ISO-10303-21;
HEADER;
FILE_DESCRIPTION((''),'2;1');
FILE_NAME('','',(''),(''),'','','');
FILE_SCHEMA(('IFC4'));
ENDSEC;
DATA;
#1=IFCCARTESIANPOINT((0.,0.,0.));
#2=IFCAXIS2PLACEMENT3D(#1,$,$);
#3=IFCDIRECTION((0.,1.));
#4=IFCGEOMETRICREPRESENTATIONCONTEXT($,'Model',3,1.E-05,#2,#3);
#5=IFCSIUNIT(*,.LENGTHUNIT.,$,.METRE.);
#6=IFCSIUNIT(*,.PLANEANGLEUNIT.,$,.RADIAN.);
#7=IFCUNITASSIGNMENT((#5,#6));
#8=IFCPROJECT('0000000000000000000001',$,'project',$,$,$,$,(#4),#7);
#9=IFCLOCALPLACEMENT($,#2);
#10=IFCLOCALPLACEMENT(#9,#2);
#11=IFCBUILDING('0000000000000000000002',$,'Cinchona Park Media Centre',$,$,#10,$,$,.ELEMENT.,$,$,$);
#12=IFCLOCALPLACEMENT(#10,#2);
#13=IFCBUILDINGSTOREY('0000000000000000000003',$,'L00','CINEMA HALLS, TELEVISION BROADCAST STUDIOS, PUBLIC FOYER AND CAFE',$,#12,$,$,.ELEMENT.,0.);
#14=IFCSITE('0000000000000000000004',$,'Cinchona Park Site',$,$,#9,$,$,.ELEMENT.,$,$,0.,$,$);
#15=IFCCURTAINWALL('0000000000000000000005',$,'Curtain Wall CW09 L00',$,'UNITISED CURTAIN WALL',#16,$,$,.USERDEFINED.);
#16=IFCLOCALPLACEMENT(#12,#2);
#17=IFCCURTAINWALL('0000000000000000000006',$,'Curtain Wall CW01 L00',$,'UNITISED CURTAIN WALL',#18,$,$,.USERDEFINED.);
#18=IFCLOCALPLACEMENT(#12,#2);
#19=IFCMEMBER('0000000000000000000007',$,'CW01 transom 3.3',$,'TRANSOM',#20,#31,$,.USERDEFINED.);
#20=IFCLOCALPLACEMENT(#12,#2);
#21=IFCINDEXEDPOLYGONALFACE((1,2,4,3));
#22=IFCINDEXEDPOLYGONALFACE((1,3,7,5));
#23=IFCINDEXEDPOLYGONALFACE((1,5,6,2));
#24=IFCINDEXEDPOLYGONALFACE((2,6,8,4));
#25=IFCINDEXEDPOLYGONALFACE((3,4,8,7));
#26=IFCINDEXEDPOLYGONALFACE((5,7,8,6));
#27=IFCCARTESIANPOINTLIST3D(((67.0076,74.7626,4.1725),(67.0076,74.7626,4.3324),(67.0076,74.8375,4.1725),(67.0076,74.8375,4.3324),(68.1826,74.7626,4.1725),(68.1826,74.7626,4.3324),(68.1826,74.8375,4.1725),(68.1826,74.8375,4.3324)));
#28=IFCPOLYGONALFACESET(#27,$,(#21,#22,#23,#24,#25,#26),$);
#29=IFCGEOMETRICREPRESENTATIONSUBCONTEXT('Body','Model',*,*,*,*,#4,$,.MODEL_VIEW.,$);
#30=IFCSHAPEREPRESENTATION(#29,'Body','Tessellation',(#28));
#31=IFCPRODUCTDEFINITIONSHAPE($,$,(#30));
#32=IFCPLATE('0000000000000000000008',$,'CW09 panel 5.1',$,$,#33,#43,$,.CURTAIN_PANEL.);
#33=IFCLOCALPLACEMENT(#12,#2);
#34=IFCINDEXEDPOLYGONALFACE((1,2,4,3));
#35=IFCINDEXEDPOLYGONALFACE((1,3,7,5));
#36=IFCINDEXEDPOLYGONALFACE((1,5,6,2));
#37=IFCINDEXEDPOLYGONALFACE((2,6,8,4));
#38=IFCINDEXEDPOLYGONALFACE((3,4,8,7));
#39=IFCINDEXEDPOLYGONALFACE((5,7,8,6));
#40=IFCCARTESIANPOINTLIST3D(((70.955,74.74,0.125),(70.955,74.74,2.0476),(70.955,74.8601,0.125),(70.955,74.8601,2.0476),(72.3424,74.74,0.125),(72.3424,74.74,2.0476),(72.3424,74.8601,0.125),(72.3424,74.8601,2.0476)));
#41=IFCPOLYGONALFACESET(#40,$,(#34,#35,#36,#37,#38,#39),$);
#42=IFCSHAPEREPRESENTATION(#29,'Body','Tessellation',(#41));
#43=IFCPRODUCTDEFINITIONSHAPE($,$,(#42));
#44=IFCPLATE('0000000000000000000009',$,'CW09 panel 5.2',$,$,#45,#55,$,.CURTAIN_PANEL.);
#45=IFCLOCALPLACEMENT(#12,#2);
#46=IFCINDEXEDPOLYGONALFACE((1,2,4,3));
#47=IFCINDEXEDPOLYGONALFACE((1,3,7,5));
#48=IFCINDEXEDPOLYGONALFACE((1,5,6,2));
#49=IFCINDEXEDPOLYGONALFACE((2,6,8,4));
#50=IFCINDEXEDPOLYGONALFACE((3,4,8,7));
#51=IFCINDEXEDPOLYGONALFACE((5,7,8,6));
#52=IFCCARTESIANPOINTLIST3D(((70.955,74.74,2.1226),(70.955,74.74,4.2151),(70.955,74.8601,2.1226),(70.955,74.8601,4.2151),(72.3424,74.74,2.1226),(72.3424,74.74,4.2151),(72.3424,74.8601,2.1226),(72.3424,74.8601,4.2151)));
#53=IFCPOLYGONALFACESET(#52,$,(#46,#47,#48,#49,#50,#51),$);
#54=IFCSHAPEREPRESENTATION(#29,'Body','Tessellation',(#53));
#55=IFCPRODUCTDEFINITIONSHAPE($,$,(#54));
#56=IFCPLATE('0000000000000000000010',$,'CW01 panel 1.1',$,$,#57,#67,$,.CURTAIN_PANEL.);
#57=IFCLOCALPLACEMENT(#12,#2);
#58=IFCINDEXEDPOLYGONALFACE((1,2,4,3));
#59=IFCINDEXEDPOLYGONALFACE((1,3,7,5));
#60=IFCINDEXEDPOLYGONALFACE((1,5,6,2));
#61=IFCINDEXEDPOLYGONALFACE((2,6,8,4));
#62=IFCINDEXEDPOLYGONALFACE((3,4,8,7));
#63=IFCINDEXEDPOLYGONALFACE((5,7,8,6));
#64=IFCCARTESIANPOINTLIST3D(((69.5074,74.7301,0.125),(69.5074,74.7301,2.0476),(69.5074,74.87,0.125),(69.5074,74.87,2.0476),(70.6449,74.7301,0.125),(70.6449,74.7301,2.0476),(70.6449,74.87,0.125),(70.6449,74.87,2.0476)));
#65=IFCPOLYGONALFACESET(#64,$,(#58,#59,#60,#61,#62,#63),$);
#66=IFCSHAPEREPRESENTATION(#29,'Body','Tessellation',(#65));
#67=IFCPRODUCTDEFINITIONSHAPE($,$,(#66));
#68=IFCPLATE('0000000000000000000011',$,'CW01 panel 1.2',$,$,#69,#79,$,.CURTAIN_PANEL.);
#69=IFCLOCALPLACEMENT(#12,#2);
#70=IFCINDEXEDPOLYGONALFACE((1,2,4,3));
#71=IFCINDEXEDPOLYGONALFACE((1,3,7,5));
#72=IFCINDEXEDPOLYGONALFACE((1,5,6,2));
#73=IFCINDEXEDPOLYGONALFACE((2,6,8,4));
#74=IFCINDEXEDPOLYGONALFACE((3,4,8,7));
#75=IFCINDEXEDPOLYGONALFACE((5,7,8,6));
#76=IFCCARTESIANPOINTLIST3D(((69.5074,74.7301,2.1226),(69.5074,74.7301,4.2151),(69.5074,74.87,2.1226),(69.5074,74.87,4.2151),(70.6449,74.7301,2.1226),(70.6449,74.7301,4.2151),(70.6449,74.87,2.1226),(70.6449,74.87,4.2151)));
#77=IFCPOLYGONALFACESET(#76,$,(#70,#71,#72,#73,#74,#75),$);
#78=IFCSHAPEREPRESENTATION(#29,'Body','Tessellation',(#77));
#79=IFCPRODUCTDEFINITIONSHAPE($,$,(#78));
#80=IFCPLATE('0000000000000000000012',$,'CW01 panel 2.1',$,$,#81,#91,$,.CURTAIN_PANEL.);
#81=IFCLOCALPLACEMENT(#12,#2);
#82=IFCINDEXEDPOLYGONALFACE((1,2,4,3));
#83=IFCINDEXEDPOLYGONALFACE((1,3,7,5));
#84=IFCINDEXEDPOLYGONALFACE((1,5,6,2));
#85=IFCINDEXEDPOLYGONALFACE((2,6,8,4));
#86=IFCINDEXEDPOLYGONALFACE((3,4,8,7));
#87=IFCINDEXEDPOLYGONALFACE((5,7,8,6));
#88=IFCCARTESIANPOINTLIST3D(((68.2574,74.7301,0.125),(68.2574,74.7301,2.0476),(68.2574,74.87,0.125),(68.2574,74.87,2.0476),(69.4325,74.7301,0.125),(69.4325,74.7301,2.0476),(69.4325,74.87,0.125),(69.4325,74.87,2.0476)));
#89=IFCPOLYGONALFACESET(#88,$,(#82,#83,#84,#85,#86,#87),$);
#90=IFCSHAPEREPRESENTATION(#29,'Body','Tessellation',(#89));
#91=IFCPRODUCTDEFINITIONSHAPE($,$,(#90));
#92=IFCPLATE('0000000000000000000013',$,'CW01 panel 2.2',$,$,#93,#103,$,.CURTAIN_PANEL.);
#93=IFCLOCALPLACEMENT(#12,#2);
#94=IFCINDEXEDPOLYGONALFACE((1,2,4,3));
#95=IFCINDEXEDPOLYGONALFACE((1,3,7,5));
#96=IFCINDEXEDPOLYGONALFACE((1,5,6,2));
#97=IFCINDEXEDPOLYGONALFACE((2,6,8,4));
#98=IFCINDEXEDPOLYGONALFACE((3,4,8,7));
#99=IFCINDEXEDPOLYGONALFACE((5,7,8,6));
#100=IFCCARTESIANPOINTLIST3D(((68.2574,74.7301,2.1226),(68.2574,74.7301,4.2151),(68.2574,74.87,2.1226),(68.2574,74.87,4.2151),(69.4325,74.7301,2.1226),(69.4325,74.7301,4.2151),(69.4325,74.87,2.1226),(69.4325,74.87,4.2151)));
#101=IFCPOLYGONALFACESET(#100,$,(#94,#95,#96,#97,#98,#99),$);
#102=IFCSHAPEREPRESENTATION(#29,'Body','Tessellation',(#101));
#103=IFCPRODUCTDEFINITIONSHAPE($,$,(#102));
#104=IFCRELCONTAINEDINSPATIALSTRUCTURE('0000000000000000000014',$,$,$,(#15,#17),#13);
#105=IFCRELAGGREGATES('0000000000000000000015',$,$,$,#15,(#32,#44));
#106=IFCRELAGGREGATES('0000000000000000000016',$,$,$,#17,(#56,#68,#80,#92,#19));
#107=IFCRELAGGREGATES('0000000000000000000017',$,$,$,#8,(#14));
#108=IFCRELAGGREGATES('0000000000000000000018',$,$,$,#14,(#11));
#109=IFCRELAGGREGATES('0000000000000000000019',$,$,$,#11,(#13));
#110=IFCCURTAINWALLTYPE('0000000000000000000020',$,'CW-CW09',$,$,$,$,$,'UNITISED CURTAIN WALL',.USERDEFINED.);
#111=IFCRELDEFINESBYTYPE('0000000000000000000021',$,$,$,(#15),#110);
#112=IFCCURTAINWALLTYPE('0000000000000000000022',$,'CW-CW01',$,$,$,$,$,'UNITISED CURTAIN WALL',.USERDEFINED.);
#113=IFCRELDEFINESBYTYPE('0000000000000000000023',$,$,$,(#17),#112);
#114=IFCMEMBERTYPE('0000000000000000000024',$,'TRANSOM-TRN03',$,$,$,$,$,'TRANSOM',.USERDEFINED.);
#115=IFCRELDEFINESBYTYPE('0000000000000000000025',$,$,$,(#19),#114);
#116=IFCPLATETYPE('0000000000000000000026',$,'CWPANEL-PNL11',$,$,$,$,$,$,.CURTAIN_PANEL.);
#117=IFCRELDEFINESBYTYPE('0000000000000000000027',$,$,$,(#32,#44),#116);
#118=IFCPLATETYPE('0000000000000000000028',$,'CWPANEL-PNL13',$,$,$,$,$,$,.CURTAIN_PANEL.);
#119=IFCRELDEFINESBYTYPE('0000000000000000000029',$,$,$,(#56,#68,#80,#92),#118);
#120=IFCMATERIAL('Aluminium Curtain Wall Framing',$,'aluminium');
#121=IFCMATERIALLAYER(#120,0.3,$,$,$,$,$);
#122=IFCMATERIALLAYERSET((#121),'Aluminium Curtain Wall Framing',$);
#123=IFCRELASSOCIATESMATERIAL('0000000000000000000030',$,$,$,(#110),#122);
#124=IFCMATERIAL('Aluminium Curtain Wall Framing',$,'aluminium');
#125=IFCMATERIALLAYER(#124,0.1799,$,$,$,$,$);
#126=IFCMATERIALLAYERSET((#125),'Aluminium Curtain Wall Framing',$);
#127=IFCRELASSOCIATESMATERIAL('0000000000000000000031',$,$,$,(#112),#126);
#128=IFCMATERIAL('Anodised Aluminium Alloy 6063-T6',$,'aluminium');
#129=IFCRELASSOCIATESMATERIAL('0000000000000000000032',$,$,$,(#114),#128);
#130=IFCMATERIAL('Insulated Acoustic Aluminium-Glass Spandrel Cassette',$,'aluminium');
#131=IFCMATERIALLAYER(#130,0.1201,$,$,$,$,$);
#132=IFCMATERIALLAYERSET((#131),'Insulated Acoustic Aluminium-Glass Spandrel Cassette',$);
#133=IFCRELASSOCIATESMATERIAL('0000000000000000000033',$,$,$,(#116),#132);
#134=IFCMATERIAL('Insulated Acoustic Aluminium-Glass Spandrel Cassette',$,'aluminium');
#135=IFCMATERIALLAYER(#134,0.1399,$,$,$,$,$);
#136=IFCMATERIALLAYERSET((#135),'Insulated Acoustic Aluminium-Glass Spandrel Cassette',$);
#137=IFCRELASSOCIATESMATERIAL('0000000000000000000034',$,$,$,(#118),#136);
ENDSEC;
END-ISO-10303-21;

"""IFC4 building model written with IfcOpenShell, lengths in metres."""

from ifc_helpers import new_model, si_unit, direction, frame, origin, origin_2d, place, context, subcontext, project, spatial, rectangle, extrude, material, layer, layer_set, material_profile, profile_set, type_object, element, aggregate, save


model = new_model("IFC4")

# Units and contexts
model_context = context("Model", 3, precision=1e-05, world=origin(), true_north=direction((0.0, 1.0)))
body_context = subcontext(model_context, "Body", "Model", "MODEL_VIEW")
ifc_project = project(units=[si_unit("LENGTHUNIT", "METRE"), si_unit("PLANEANGLEUNIT", "RADIAN")], contexts=[model_context])

# Site, building, storey
site_placement = place(None, origin())
site = spatial("IfcSite", under=ifc_project, at=site_placement, Name="Cinchona Park Site", CompositionType="ELEMENT", RefElevation=0.0)
building_placement = place(site_placement, origin())
building = spatial("IfcBuilding", under=site, at=building_placement, Name="Cinchona Park Media Centre", CompositionType="ELEMENT")
storey_placement = place(building_placement, origin())
storey = spatial("IfcBuildingStorey", under=building, at=storey_placement, Name="L00", Description="CINEMA HALLS, TELEVISION BROADCAST STUDIOS, PUBLIC FOYER AND CAFE", CompositionType="ELEMENT", Elevation=0.0)

# Curtain walls
ifc_material_1 = material(Name="Aluminium Curtain Wall Framing", Category="aluminium")
ifc_layer_1 = layer(ifc_material_1, 0.3)
ifc_layer_set_1 = layer_set([ifc_layer_1], Name="Aluminium Curtain Wall Framing")
curtain_wall_type_1 = type_object("IfcCurtainWallType", Name="CW-CW09", ElementType="UNITISED CURTAIN WALL", PredefinedType="USERDEFINED", material=ifc_layer_set_1)
curtain_wall_1_placement = place(storey_placement, origin())
curtain_wall_1 = element("IfcCurtainWall", 1, at=curtain_wall_1_placement, inside=storey, type_object=curtain_wall_type_1, Name="Curtain Wall CW09 L00", ObjectType="UNITISED CURTAIN WALL", PredefinedType="USERDEFINED")
ifc_material_2 = material(Name="Aluminium Curtain Wall Framing", Category="aluminium")
ifc_layer_2 = layer(ifc_material_2, 0.1799)
ifc_layer_set_2 = layer_set([ifc_layer_2], Name="Aluminium Curtain Wall Framing")
curtain_wall_type_2 = type_object("IfcCurtainWallType", Name="CW-CW01", ElementType="UNITISED CURTAIN WALL", PredefinedType="USERDEFINED", material=ifc_layer_set_2)
curtain_wall_2_placement = place(storey_placement, origin())
curtain_wall_2 = element("IfcCurtainWall", 2, at=curtain_wall_2_placement, inside=storey, type_object=curtain_wall_type_2, Name="Curtain Wall CW01 L00", ObjectType="UNITISED CURTAIN WALL", PredefinedType="USERDEFINED")

# Member
ifc_material_3 = material(Name="Anodised Aluminium Alloy 6063-T6", Category="aluminium")
ifc_material_profile_1 = material_profile(ifc_material_3, rectangle(XDim=0.075, YDim=0.1599, at=origin_2d()), Name="TRN-75X160")
ifc_profile_set_1 = profile_set([ifc_material_profile_1], Name="Anodised Aluminium Alloy 6063-T6")
member_type_1 = type_object("IfcMemberType", Name="TRANSOM-TRN03", ElementType="TRANSOM", PredefinedType="USERDEFINED", material=ifc_profile_set_1)
member_1_placement = place(storey_placement, frame((68.1826, 74.8, 4.2524), z_axis=(-1.0, 0.0, 0.0), x_axis=(0.0, -1.0, 0.0)))
member_1 = element("IfcMember", 3, at=member_1_placement, type_object=member_type_1, Name="CW01 transom 3.3", ObjectType="TRANSOM", PredefinedType="USERDEFINED", context=body_context, shape_type="SweptSolid", body=[
    extrude(rectangle(XDim=0.075, YDim=0.1599, at=origin_2d()), origin(), (0.0, 0.0, 1.0), 1.175),
])

# Plates
ifc_material_4 = material(Name="Insulated Acoustic Aluminium-Glass Spandrel Cassette", Category="aluminium")
ifc_layer_3 = layer(ifc_material_4, 0.1201)
ifc_layer_set_3 = layer_set([ifc_layer_3], Name="Insulated Acoustic Aluminium-Glass Spandrel Cassette")
plate_type_1 = type_object("IfcPlateType", Name="CWPANEL-PNL11", PredefinedType="CURTAIN_PANEL", material=ifc_layer_set_3)
plate_1_placement = place(storey_placement, frame((71.6487, 74.8, 0.125), z_axis=(0.0, 0.0, 1.0), x_axis=(-1.0, 0.0, 0.0)))
plate_1 = element("IfcPlate", 4, at=plate_1_placement, type_object=plate_type_1, Name="CW09 panel 5.1", PredefinedType="CURTAIN_PANEL", context=body_context, shape_type="SweptSolid", body=[
    extrude(rectangle(XDim=1.3875, YDim=0.1201, at=origin_2d()), origin(), (0.0, 0.0, 1.0), 1.9226),
])
plate_2_placement = place(storey_placement, frame((71.6487, 74.8, 2.1226), z_axis=(0.0, 0.0, 1.0), x_axis=(-1.0, 0.0, 0.0)))
plate_2 = element("IfcPlate", 5, at=plate_2_placement, type_object=plate_type_1, Name="CW09 panel 5.2", PredefinedType="CURTAIN_PANEL", context=body_context, shape_type="SweptSolid", body=[
    extrude(rectangle(XDim=1.3875, YDim=0.1201, at=origin_2d()), origin(), (0.0, 0.0, 1.0), 2.0925),
])
aggregate(curtain_wall_1, [plate_1, plate_2])
ifc_material_5 = material(Name="Insulated Acoustic Aluminium-Glass Spandrel Cassette", Category="aluminium")
ifc_layer_4 = layer(ifc_material_5, 0.1399)
ifc_layer_set_4 = layer_set([ifc_layer_4], Name="Insulated Acoustic Aluminium-Glass Spandrel Cassette")
plate_type_2 = type_object("IfcPlateType", Name="CWPANEL-PNL13", PredefinedType="CURTAIN_PANEL", material=ifc_layer_set_4)
plate_3_placement = place(storey_placement, frame((70.0762, 74.8, 0.125), z_axis=(0.0, 0.0, 1.0), x_axis=(-1.0, 0.0, 0.0)))
plate_3 = element("IfcPlate", 6, at=plate_3_placement, type_object=plate_type_2, Name="CW01 panel 1.1", PredefinedType="CURTAIN_PANEL", context=body_context, shape_type="SweptSolid", body=[
    extrude(rectangle(XDim=1.1375, YDim=0.1399, at=origin_2d()), origin(), (0.0, 0.0, 1.0), 1.9226),
])
plate_4_placement = place(storey_placement, frame((70.0762, 74.8, 2.1226), z_axis=(0.0, 0.0, 1.0), x_axis=(-1.0, 0.0, 0.0)))
plate_4 = element("IfcPlate", 7, at=plate_4_placement, type_object=plate_type_2, Name="CW01 panel 1.2", PredefinedType="CURTAIN_PANEL", context=body_context, shape_type="SweptSolid", body=[
    extrude(rectangle(XDim=1.1375, YDim=0.1399, at=origin_2d()), origin(), (0.0, 0.0, 1.0), 2.0925),
])
plate_5_placement = place(storey_placement, frame((68.845, 74.8, 0.125), z_axis=(0.0, 0.0, 1.0), x_axis=(-1.0, 0.0, 0.0)))
plate_5 = element("IfcPlate", 8, at=plate_5_placement, type_object=plate_type_2, Name="CW01 panel 2.1", PredefinedType="CURTAIN_PANEL", context=body_context, shape_type="SweptSolid", body=[
    extrude(rectangle(XDim=1.175, YDim=0.1399, at=origin_2d()), origin(), (0.0, 0.0, 1.0), 1.9226),
])
plate_6_placement = place(storey_placement, frame((68.845, 74.8, 2.1226), z_axis=(0.0, 0.0, 1.0), x_axis=(-1.0, 0.0, 0.0)))
plate_6 = element("IfcPlate", 9, at=plate_6_placement, type_object=plate_type_2, Name="CW01 panel 2.2", PredefinedType="CURTAIN_PANEL", context=body_context, shape_type="SweptSolid", body=[
    extrude(rectangle(XDim=1.175, YDim=0.1399, at=origin_2d()), origin(), (0.0, 0.0, 1.0), 2.0925),
])
aggregate(curtain_wall_2, [plate_3, plate_4, plate_5, plate_6, member_1])

save(model, "model.ifc")
